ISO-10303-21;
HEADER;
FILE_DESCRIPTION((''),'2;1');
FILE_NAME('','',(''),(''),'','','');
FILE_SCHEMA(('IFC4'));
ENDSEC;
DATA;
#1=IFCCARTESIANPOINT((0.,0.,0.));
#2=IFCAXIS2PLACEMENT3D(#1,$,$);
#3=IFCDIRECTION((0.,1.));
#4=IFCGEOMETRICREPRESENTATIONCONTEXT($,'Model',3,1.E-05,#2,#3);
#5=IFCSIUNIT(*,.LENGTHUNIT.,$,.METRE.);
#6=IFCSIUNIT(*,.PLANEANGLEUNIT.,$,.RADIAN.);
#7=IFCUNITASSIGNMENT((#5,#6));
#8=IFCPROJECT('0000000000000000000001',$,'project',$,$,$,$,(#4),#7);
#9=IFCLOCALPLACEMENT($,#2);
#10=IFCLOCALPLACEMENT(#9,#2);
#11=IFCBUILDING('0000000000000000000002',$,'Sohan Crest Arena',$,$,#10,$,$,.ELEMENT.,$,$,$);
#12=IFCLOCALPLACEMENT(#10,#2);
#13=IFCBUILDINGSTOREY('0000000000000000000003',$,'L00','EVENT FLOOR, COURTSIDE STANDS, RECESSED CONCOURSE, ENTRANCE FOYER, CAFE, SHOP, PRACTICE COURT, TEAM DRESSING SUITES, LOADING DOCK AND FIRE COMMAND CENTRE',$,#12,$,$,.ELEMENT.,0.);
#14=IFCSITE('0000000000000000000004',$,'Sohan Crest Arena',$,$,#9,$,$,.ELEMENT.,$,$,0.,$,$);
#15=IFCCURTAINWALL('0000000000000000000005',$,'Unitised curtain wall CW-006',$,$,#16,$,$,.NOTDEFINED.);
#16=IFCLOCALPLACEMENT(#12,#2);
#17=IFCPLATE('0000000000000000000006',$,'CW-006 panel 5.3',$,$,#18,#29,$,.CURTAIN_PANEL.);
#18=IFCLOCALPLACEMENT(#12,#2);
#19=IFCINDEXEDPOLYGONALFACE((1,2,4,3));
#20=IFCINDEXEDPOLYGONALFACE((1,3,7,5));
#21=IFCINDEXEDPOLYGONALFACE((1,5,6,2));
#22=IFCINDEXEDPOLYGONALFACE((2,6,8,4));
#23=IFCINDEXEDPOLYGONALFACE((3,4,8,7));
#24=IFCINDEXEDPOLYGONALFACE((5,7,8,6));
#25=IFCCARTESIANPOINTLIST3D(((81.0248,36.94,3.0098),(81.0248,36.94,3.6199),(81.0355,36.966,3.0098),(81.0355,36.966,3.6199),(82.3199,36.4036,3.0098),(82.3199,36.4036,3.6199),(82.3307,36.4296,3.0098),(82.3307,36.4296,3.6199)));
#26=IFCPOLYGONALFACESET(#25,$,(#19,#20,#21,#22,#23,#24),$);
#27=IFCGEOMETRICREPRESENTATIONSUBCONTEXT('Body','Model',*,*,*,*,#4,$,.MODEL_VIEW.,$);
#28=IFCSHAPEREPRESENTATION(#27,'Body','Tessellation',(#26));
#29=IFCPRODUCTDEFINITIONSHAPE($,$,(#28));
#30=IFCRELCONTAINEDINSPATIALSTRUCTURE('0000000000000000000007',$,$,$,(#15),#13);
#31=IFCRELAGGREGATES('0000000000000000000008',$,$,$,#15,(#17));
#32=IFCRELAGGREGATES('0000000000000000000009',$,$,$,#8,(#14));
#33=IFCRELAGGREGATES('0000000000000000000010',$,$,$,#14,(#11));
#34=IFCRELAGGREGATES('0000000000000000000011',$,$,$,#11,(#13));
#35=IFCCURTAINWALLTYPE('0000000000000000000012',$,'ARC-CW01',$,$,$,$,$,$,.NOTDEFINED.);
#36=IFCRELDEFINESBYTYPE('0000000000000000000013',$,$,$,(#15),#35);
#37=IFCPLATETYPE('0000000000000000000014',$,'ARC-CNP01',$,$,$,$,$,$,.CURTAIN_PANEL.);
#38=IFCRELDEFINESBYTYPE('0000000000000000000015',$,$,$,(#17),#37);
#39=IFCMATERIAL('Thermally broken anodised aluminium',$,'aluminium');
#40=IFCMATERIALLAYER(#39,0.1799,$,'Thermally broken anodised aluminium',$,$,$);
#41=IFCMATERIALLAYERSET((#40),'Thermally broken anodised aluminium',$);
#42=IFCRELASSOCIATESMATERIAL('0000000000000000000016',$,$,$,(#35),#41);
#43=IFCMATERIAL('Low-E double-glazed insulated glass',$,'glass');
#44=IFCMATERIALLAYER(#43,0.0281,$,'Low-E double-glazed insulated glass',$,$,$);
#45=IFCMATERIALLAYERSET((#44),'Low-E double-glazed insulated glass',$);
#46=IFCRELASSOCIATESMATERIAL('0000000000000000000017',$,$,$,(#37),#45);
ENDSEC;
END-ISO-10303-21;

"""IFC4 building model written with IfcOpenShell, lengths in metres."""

from ifc_helpers import new_model, si_unit, direction, frame, origin, origin_2d, place, context, subcontext, project, spatial, rectangle, extrude, material, layer, layer_set, type_object, element, aggregate, save


model = new_model("IFC4")

# Units and contexts
model_context = context("Model", 3, precision=1e-05, world=origin(), true_north=direction((0.0, 1.0)))
body_context = subcontext(model_context, "Body", "Model", "MODEL_VIEW")
ifc_project = project(units=[si_unit("LENGTHUNIT", "METRE"), si_unit("PLANEANGLEUNIT", "RADIAN")], contexts=[model_context])

# Site, building, storey
site_placement = place(None, origin())
site = spatial("IfcSite", under=ifc_project, at=site_placement, Name="Sohan Crest Arena", CompositionType="ELEMENT", RefElevation=0.0)
building_placement = place(site_placement, origin())
building = spatial("IfcBuilding", under=site, at=building_placement, Name="Sohan Crest Arena", CompositionType="ELEMENT")
storey_placement = place(building_placement, origin())
storey = spatial("IfcBuildingStorey", under=building, at=storey_placement, Name="L00", Description="EVENT FLOOR, COURTSIDE STANDS, RECESSED CONCOURSE, ENTRANCE FOYER, CAFE, SHOP, PRACTICE COURT, TEAM DRESSING SUITES, LOADING DOCK AND FIRE COMMAND CENTRE", CompositionType="ELEMENT", Elevation=0.0)

# Curtain wall, plate
ifc_material_1 = material(Name="Thermally broken anodised aluminium", Category="aluminium")
ifc_layer_1 = layer(ifc_material_1, 0.1799, Name="Thermally broken anodised aluminium")
ifc_layer_set_1 = layer_set([ifc_layer_1], Name="Thermally broken anodised aluminium")
curtain_wall_type = type_object("IfcCurtainWallType", Name="ARC-CW01", PredefinedType="NOTDEFINED", material=ifc_layer_set_1)
curtain_wall_placement = place(storey_placement, origin())
curtain_wall = element("IfcCurtainWall", 1, at=curtain_wall_placement, inside=storey, type_object=curtain_wall_type, Name="Unitised curtain wall CW-006", PredefinedType="NOTDEFINED")
ifc_material_2 = material(Name="Low-E double-glazed insulated glass", Category="glass")
ifc_layer_2 = layer(ifc_material_2, 0.0281, Name="Low-E double-glazed insulated glass")
ifc_layer_set_2 = layer_set([ifc_layer_2], Name="Low-E double-glazed insulated glass")
plate_type = type_object("IfcPlateType", Name="ARC-CNP01", PredefinedType="CURTAIN_PANEL", material=ifc_layer_set_2)
plate_1_placement = place(storey_placement, frame((81.6777, 36.6848, 3.0098), z_axis=(0.0, 0.0, 1.0), x_axis=(0.923897, -0.382641, 0.0)))
plate_1 = element("IfcPlate", 2, at=plate_1_placement, type_object=plate_type, Name="CW-006 panel 5.3", PredefinedType="CURTAIN_PANEL", context=body_context, shape_type="SweptSolid", body=[
    extrude(rectangle(XDim=1.4019, YDim=0.0281, at=origin_2d()), origin(), (0.0, 0.0, 1.0), 0.6101),
])
aggregate(curtain_wall, [plate_1])

save(model, "model.ifc")
